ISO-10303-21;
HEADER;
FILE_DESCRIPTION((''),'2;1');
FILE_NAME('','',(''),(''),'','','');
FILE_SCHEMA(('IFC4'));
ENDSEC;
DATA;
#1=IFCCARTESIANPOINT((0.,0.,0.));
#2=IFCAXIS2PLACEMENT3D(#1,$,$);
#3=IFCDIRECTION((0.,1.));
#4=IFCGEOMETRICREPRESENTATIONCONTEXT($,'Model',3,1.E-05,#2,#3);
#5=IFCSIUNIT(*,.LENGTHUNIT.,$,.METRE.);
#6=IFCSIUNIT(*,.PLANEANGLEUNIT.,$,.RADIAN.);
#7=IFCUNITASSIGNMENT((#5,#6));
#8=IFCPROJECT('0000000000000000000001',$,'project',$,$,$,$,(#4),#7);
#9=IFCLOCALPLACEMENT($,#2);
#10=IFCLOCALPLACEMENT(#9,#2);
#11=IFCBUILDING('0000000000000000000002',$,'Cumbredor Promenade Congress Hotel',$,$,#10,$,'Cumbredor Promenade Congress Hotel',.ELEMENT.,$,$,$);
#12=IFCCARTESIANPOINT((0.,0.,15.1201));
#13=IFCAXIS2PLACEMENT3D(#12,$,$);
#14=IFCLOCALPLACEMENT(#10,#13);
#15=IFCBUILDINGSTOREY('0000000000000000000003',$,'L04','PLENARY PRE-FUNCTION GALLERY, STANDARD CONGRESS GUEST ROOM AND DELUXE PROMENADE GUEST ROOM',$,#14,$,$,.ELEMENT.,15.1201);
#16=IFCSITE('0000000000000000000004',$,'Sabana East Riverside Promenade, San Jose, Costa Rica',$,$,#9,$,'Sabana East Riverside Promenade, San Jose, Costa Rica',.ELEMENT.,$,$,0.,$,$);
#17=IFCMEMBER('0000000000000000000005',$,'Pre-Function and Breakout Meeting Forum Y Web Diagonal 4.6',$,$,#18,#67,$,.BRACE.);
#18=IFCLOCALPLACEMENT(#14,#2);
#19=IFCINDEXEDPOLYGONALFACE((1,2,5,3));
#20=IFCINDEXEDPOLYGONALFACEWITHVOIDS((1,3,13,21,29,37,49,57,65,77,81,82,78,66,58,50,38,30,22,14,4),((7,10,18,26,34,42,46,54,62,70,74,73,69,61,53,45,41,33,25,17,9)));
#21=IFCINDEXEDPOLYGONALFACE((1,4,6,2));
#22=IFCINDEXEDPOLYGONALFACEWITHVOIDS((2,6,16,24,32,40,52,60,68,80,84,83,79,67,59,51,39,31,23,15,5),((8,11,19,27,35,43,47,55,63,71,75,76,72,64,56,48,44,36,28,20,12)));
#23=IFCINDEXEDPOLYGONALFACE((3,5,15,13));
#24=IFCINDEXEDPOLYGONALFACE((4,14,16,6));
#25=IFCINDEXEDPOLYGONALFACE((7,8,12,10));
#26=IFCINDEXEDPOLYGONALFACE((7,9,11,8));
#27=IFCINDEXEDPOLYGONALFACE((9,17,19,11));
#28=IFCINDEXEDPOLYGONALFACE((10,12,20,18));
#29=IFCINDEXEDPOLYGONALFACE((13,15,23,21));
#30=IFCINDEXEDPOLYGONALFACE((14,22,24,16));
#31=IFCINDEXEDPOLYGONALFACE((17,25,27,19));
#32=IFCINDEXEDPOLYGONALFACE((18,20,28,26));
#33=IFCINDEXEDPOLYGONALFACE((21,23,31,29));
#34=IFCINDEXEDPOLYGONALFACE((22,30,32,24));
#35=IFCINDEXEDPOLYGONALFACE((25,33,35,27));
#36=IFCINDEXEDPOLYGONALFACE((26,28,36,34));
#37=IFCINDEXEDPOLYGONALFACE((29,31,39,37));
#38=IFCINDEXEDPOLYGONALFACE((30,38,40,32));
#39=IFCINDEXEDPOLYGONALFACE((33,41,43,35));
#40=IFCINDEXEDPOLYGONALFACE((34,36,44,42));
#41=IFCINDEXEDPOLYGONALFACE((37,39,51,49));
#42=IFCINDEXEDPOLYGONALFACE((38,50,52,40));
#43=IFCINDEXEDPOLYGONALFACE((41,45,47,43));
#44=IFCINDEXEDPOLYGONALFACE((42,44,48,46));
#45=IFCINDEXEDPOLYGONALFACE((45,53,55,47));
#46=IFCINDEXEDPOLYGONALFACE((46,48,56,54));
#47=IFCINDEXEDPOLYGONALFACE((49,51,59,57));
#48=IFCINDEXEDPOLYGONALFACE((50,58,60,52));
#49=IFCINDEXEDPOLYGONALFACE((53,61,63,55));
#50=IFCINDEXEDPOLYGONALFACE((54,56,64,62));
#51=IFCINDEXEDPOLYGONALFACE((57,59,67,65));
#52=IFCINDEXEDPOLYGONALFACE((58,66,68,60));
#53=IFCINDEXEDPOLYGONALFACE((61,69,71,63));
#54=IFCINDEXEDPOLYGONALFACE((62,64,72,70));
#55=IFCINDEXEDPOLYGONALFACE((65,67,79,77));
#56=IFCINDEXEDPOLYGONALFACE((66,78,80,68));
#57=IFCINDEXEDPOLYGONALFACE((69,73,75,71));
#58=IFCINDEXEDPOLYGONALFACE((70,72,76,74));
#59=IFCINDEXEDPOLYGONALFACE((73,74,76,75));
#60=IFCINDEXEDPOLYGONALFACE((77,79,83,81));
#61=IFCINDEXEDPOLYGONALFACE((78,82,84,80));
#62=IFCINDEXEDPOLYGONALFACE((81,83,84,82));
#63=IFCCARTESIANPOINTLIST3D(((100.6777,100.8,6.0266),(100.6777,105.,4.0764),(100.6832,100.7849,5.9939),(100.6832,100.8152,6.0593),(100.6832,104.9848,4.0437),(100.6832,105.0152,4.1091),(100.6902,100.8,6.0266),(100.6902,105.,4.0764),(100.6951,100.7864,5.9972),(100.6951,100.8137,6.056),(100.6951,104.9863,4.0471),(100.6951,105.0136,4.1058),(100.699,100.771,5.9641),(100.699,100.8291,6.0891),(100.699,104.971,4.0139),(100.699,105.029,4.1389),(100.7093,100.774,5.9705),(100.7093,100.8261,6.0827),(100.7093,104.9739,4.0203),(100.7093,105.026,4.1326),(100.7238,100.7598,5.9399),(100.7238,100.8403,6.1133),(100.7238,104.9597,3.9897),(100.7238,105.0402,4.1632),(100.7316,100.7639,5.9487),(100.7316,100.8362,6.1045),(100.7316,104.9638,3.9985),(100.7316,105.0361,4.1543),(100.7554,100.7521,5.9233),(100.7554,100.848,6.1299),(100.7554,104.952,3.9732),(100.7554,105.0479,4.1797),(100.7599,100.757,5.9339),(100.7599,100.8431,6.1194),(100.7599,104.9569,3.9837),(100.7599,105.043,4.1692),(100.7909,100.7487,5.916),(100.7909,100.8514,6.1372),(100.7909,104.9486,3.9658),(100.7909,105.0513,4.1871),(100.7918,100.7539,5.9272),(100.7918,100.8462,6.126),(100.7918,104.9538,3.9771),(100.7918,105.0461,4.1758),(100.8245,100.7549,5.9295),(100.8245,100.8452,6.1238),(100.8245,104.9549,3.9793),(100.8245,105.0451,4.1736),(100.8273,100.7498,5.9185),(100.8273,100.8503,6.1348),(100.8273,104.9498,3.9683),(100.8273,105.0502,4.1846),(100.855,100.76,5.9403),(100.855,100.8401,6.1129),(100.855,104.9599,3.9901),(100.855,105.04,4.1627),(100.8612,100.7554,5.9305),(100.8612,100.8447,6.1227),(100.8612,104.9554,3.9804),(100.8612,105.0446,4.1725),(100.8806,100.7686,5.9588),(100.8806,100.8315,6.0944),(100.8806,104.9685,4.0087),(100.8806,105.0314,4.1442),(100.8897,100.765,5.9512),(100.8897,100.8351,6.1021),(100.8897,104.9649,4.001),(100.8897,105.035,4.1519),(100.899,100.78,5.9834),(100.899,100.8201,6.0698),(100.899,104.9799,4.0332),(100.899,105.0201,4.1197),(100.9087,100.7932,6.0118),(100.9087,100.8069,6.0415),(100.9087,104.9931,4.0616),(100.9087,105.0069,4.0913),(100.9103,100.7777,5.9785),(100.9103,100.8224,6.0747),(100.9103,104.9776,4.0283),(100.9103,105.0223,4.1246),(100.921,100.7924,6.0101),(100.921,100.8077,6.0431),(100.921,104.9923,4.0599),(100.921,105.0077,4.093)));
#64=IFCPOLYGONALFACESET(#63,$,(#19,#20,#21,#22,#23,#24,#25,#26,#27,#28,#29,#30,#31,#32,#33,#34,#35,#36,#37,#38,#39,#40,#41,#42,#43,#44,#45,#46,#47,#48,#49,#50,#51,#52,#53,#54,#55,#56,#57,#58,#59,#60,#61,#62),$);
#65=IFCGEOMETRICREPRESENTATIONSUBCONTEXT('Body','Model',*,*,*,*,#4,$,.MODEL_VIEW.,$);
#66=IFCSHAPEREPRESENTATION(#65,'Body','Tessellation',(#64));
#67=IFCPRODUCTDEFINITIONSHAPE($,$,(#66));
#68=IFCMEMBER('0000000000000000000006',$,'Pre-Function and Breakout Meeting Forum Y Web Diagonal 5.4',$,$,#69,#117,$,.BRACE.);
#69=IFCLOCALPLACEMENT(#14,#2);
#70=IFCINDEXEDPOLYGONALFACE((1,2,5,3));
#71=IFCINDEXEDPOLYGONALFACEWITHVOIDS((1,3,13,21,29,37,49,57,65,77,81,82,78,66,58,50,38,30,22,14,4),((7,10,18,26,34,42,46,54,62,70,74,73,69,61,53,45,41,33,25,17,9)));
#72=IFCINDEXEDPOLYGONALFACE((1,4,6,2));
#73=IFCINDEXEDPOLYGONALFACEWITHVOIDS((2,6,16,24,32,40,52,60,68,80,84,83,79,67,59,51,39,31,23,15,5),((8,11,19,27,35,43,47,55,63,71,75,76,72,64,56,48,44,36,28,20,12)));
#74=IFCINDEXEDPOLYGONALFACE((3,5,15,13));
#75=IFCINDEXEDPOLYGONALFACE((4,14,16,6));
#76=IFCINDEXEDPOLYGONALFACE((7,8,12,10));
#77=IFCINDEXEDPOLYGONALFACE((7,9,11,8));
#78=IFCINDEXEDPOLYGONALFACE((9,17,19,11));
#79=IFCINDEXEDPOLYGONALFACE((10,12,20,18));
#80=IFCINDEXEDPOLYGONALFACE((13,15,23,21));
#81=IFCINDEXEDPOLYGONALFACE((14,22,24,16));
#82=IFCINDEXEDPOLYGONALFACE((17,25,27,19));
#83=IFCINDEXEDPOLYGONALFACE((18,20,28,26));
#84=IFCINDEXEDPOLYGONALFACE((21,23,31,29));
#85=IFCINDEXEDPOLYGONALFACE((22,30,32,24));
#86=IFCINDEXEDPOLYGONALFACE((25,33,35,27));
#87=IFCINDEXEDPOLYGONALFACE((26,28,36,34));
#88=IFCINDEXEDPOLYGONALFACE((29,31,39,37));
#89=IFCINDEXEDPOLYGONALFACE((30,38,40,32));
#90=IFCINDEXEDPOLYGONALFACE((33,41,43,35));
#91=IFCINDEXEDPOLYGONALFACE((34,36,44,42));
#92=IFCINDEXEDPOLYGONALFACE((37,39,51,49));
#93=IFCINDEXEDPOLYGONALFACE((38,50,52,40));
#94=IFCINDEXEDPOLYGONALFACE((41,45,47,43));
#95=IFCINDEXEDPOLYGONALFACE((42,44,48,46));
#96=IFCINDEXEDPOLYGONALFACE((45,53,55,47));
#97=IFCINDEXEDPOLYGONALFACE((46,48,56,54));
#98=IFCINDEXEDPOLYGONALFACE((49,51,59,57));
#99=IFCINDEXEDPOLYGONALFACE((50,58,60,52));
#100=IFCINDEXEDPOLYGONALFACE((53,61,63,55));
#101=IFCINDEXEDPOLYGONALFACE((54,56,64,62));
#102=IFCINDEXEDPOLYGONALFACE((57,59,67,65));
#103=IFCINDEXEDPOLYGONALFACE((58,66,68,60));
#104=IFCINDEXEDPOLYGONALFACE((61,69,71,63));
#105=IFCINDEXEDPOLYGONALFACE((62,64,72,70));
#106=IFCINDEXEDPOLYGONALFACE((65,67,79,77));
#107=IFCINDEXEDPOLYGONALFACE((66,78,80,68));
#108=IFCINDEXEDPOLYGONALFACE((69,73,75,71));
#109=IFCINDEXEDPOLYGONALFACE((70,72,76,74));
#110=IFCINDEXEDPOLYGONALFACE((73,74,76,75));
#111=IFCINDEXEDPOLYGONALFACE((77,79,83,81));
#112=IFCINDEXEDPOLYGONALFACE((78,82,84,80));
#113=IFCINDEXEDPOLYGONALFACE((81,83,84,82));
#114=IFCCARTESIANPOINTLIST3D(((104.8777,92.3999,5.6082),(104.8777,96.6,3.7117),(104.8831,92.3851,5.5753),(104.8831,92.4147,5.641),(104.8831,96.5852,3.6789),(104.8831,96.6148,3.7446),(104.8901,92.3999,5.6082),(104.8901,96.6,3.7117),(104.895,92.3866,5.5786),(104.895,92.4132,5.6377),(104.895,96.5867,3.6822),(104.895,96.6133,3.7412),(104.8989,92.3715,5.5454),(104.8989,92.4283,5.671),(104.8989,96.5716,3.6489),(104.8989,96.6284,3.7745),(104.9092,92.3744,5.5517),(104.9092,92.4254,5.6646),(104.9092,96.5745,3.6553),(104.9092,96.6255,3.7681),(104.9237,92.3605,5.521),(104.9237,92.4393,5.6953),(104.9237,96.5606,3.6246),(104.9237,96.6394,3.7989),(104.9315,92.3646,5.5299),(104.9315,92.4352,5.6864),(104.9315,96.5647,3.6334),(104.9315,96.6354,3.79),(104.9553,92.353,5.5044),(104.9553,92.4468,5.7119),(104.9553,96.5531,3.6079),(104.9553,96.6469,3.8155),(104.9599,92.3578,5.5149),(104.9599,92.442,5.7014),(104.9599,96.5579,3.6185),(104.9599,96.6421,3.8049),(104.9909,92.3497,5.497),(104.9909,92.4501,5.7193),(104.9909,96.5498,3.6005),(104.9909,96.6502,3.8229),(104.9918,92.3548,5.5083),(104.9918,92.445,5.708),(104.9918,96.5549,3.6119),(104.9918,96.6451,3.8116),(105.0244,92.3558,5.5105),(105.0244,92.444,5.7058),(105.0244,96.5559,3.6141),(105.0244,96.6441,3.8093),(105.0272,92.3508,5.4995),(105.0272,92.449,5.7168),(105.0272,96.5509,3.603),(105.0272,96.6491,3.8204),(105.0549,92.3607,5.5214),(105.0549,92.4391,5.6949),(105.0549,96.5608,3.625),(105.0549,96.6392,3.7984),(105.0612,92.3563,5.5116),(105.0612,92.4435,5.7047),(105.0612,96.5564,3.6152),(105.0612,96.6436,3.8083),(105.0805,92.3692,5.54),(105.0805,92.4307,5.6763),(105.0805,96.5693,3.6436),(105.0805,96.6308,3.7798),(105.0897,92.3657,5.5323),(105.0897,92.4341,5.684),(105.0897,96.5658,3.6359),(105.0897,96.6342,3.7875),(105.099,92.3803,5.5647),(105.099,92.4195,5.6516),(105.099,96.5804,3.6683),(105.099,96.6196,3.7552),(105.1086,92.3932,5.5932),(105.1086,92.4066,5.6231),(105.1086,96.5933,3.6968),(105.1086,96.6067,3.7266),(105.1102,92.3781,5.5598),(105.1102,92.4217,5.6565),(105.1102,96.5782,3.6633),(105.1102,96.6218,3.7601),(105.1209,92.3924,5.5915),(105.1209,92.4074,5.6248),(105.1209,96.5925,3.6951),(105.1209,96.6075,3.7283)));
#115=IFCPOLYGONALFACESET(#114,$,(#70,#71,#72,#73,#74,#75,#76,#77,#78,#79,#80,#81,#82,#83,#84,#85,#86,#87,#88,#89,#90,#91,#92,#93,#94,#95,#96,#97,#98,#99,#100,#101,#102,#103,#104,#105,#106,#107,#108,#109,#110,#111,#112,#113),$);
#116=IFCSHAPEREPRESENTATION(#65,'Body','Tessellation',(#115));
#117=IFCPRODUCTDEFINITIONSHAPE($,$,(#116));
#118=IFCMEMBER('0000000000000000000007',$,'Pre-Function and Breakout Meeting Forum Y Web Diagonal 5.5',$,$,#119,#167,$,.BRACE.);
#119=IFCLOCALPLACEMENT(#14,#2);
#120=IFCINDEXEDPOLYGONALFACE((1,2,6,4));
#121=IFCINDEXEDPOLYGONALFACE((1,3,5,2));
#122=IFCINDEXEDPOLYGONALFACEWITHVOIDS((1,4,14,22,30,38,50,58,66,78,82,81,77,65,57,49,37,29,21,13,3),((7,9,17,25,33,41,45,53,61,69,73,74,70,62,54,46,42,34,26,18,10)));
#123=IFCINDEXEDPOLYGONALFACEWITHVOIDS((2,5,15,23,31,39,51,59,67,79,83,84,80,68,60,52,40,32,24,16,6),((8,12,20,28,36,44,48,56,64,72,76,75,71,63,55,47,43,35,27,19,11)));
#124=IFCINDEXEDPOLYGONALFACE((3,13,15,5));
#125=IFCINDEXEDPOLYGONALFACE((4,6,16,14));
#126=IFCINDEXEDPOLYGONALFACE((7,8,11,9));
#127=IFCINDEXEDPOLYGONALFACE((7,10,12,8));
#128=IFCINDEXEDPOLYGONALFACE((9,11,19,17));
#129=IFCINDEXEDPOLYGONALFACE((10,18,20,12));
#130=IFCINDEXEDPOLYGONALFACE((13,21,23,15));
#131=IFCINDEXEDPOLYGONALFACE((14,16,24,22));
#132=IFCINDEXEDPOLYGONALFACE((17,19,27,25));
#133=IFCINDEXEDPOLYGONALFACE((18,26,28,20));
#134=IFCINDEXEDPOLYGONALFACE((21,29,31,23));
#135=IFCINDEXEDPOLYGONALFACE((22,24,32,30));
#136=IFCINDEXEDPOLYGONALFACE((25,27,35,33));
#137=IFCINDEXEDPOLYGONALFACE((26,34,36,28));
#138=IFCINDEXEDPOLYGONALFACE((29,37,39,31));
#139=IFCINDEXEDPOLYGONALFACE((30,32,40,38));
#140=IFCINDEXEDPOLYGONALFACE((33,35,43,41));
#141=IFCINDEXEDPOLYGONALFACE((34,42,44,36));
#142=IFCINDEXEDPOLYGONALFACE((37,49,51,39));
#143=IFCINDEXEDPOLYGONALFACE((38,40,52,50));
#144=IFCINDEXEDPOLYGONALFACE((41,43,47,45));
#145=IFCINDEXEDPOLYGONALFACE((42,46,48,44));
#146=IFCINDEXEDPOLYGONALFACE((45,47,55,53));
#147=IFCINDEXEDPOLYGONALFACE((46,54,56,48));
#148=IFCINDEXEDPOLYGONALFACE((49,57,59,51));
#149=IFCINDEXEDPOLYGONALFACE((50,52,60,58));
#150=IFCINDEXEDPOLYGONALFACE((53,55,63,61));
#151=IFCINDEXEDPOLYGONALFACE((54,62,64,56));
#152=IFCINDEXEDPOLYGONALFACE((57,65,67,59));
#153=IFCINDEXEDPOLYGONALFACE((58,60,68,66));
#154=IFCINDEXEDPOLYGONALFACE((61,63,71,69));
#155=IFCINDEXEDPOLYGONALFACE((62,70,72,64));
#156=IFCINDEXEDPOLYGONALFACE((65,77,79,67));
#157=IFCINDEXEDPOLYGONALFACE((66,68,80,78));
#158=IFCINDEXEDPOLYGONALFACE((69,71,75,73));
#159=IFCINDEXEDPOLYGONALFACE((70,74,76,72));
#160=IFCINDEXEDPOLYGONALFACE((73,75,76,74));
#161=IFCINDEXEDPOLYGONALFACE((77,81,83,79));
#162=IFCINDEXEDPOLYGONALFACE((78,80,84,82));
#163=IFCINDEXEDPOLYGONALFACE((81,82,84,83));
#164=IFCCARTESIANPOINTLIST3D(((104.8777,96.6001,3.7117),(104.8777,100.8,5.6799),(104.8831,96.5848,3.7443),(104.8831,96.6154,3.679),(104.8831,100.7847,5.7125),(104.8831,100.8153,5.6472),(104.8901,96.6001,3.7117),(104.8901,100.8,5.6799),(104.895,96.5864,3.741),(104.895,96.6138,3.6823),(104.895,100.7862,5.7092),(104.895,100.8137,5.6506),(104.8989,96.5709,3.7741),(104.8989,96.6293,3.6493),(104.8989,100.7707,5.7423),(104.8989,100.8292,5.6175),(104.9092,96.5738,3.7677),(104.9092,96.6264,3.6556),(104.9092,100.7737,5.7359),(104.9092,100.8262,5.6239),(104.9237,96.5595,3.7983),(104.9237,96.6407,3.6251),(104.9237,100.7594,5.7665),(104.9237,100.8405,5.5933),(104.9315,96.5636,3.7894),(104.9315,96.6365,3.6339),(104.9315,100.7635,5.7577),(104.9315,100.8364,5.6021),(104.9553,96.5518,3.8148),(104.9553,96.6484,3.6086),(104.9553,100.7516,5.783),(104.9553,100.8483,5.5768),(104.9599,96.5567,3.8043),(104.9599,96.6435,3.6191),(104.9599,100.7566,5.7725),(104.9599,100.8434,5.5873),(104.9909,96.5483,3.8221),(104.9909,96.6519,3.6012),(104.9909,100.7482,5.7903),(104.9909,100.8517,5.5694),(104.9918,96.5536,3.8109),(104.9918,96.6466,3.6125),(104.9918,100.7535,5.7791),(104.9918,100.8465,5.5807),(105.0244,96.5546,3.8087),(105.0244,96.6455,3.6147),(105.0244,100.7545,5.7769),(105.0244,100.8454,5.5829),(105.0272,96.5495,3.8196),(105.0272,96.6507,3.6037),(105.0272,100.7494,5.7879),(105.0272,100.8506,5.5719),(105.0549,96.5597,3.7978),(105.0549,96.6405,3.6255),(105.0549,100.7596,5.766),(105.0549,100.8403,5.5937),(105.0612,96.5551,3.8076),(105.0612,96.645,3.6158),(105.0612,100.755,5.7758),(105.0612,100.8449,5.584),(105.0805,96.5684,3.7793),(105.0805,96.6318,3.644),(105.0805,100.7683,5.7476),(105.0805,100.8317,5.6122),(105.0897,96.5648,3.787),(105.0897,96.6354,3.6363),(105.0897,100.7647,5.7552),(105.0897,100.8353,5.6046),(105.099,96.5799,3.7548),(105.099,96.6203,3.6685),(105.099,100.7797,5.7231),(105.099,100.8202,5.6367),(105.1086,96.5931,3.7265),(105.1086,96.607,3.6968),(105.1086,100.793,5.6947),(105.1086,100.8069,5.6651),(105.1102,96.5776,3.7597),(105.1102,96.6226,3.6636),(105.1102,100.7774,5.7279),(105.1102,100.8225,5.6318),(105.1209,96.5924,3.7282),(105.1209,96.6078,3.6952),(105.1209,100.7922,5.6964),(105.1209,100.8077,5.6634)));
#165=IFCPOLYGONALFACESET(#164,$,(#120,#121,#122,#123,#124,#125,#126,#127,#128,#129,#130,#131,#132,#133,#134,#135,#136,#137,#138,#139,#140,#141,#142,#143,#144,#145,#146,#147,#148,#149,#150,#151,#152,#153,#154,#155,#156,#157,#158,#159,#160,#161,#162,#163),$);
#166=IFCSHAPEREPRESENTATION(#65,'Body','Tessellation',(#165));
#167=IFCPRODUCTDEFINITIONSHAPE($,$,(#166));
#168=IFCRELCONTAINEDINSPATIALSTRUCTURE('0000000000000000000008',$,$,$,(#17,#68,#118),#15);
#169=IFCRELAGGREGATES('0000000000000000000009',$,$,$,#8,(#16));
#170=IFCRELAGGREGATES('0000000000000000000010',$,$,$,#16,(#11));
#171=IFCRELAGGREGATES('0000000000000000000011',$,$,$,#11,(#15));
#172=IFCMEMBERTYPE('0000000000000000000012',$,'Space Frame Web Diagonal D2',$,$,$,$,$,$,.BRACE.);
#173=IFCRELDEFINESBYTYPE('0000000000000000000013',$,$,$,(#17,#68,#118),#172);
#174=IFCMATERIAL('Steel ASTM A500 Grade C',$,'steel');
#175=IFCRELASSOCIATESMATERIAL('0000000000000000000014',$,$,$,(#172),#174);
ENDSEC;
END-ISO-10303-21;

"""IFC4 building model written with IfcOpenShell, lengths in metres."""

from ifc_helpers import new_model, si_unit, direction, frame, origin, origin_2d, place, context, subcontext, project, spatial, hollow_circle, extrude, material, material_profile, profile_set, type_object, element, save


model = new_model("IFC4")

# Units and contexts
model_context = context("Model", 3, precision=1e-05, world=origin(), true_north=direction((0.0, 1.0)))
body_context = subcontext(model_context, "Body", "Model", "MODEL_VIEW")
ifc_project = project(units=[si_unit("LENGTHUNIT", "METRE"), si_unit("PLANEANGLEUNIT", "RADIAN")], contexts=[model_context])

# Site, building, storey
site_placement = place(None, origin())
site = spatial("IfcSite", under=ifc_project, at=site_placement, Name="Sabana East Riverside Promenade, San Jose, Costa Rica", LongName="Sabana East Riverside Promenade, San Jose, Costa Rica", CompositionType="ELEMENT", RefElevation=0.0)
building_placement = place(site_placement, origin())
building = spatial("IfcBuilding", under=site, at=building_placement, Name="Cumbredor Promenade Congress Hotel", LongName="Cumbredor Promenade Congress Hotel", CompositionType="ELEMENT")
storey_placement = place(building_placement, frame((0.0, 0.0, 15.1201)))
storey = spatial("IfcBuildingStorey", under=building, at=storey_placement, Name="L04", Description="PLENARY PRE-FUNCTION GALLERY, STANDARD CONGRESS GUEST ROOM AND DELUXE PROMENADE GUEST ROOM", CompositionType="ELEMENT", Elevation=15.1201)

# Members
ifc_material_1 = material(Name="Steel ASTM A500 Grade C", Category="steel")
ifc_material_profile_1 = material_profile(ifc_material_1, hollow_circle(Radius=0.1223, WallThickness=0.0125, at=origin_2d()), Name="CHS 244.5x12.5")
ifc_profile_set_1 = profile_set([ifc_material_profile_1], Name="Steel ASTM A500 Grade C")
member_type_1 = type_object("IfcMemberType", Name="Space Frame Web Diagonal D2", PredefinedType="BRACE", material=ifc_profile_set_1)
member_1_placement = place(storey_placement, frame((100.8, 100.8, 6.0266), z_axis=(0.0, 0.906991, -0.42115), x_axis=(-1.0, 0.0, 0.0)))
element("IfcMember", 1, at=member_1_placement, inside=storey, type_object=member_type_1, Name="Pre-Function and Breakout Meeting Forum Y Web Diagonal 4.6", PredefinedType="BRACE", context=body_context, shape_type="SweptSolid", body=[
    extrude(hollow_circle(Radius=0.1223, WallThickness=0.0125, at=origin_2d()), origin(), (0.0, 0.0, 1.0), 4.6306),
])
member_2_placement = place(storey_placement, frame((105.0, 92.3999, 5.6082), z_axis=(0.0, 0.911401, -0.411519), x_axis=(-1.0, 0.0, 0.0)))
element("IfcMember", 2, at=member_2_placement, inside=storey, type_object=member_type_1, Name="Pre-Function and Breakout Meeting Forum Y Web Diagonal 5.4", PredefinedType="BRACE", context=body_context, shape_type="SweptSolid", body=[
    extrude(hollow_circle(Radius=0.1223, WallThickness=0.0125, at=origin_2d()), origin(), (0.0, 0.0, 1.0), 4.6084),
])
member_3_placement = place(storey_placement, frame((105.0, 96.6001, 3.7117), z_axis=(0.0, 0.905497, 0.424352), x_axis=(-1.0, 0.0, 0.0)))
element("IfcMember", 3, at=member_3_placement, inside=storey, type_object=member_type_1, Name="Pre-Function and Breakout Meeting Forum Y Web Diagonal 5.5", PredefinedType="BRACE", context=body_context, shape_type="SweptSolid", body=[
    extrude(hollow_circle(Radius=0.1223, WallThickness=0.0125, at=origin_2d()), origin(), (0.0, 0.0, 1.0), 4.6382),
])

save(model, "model.ifc")
